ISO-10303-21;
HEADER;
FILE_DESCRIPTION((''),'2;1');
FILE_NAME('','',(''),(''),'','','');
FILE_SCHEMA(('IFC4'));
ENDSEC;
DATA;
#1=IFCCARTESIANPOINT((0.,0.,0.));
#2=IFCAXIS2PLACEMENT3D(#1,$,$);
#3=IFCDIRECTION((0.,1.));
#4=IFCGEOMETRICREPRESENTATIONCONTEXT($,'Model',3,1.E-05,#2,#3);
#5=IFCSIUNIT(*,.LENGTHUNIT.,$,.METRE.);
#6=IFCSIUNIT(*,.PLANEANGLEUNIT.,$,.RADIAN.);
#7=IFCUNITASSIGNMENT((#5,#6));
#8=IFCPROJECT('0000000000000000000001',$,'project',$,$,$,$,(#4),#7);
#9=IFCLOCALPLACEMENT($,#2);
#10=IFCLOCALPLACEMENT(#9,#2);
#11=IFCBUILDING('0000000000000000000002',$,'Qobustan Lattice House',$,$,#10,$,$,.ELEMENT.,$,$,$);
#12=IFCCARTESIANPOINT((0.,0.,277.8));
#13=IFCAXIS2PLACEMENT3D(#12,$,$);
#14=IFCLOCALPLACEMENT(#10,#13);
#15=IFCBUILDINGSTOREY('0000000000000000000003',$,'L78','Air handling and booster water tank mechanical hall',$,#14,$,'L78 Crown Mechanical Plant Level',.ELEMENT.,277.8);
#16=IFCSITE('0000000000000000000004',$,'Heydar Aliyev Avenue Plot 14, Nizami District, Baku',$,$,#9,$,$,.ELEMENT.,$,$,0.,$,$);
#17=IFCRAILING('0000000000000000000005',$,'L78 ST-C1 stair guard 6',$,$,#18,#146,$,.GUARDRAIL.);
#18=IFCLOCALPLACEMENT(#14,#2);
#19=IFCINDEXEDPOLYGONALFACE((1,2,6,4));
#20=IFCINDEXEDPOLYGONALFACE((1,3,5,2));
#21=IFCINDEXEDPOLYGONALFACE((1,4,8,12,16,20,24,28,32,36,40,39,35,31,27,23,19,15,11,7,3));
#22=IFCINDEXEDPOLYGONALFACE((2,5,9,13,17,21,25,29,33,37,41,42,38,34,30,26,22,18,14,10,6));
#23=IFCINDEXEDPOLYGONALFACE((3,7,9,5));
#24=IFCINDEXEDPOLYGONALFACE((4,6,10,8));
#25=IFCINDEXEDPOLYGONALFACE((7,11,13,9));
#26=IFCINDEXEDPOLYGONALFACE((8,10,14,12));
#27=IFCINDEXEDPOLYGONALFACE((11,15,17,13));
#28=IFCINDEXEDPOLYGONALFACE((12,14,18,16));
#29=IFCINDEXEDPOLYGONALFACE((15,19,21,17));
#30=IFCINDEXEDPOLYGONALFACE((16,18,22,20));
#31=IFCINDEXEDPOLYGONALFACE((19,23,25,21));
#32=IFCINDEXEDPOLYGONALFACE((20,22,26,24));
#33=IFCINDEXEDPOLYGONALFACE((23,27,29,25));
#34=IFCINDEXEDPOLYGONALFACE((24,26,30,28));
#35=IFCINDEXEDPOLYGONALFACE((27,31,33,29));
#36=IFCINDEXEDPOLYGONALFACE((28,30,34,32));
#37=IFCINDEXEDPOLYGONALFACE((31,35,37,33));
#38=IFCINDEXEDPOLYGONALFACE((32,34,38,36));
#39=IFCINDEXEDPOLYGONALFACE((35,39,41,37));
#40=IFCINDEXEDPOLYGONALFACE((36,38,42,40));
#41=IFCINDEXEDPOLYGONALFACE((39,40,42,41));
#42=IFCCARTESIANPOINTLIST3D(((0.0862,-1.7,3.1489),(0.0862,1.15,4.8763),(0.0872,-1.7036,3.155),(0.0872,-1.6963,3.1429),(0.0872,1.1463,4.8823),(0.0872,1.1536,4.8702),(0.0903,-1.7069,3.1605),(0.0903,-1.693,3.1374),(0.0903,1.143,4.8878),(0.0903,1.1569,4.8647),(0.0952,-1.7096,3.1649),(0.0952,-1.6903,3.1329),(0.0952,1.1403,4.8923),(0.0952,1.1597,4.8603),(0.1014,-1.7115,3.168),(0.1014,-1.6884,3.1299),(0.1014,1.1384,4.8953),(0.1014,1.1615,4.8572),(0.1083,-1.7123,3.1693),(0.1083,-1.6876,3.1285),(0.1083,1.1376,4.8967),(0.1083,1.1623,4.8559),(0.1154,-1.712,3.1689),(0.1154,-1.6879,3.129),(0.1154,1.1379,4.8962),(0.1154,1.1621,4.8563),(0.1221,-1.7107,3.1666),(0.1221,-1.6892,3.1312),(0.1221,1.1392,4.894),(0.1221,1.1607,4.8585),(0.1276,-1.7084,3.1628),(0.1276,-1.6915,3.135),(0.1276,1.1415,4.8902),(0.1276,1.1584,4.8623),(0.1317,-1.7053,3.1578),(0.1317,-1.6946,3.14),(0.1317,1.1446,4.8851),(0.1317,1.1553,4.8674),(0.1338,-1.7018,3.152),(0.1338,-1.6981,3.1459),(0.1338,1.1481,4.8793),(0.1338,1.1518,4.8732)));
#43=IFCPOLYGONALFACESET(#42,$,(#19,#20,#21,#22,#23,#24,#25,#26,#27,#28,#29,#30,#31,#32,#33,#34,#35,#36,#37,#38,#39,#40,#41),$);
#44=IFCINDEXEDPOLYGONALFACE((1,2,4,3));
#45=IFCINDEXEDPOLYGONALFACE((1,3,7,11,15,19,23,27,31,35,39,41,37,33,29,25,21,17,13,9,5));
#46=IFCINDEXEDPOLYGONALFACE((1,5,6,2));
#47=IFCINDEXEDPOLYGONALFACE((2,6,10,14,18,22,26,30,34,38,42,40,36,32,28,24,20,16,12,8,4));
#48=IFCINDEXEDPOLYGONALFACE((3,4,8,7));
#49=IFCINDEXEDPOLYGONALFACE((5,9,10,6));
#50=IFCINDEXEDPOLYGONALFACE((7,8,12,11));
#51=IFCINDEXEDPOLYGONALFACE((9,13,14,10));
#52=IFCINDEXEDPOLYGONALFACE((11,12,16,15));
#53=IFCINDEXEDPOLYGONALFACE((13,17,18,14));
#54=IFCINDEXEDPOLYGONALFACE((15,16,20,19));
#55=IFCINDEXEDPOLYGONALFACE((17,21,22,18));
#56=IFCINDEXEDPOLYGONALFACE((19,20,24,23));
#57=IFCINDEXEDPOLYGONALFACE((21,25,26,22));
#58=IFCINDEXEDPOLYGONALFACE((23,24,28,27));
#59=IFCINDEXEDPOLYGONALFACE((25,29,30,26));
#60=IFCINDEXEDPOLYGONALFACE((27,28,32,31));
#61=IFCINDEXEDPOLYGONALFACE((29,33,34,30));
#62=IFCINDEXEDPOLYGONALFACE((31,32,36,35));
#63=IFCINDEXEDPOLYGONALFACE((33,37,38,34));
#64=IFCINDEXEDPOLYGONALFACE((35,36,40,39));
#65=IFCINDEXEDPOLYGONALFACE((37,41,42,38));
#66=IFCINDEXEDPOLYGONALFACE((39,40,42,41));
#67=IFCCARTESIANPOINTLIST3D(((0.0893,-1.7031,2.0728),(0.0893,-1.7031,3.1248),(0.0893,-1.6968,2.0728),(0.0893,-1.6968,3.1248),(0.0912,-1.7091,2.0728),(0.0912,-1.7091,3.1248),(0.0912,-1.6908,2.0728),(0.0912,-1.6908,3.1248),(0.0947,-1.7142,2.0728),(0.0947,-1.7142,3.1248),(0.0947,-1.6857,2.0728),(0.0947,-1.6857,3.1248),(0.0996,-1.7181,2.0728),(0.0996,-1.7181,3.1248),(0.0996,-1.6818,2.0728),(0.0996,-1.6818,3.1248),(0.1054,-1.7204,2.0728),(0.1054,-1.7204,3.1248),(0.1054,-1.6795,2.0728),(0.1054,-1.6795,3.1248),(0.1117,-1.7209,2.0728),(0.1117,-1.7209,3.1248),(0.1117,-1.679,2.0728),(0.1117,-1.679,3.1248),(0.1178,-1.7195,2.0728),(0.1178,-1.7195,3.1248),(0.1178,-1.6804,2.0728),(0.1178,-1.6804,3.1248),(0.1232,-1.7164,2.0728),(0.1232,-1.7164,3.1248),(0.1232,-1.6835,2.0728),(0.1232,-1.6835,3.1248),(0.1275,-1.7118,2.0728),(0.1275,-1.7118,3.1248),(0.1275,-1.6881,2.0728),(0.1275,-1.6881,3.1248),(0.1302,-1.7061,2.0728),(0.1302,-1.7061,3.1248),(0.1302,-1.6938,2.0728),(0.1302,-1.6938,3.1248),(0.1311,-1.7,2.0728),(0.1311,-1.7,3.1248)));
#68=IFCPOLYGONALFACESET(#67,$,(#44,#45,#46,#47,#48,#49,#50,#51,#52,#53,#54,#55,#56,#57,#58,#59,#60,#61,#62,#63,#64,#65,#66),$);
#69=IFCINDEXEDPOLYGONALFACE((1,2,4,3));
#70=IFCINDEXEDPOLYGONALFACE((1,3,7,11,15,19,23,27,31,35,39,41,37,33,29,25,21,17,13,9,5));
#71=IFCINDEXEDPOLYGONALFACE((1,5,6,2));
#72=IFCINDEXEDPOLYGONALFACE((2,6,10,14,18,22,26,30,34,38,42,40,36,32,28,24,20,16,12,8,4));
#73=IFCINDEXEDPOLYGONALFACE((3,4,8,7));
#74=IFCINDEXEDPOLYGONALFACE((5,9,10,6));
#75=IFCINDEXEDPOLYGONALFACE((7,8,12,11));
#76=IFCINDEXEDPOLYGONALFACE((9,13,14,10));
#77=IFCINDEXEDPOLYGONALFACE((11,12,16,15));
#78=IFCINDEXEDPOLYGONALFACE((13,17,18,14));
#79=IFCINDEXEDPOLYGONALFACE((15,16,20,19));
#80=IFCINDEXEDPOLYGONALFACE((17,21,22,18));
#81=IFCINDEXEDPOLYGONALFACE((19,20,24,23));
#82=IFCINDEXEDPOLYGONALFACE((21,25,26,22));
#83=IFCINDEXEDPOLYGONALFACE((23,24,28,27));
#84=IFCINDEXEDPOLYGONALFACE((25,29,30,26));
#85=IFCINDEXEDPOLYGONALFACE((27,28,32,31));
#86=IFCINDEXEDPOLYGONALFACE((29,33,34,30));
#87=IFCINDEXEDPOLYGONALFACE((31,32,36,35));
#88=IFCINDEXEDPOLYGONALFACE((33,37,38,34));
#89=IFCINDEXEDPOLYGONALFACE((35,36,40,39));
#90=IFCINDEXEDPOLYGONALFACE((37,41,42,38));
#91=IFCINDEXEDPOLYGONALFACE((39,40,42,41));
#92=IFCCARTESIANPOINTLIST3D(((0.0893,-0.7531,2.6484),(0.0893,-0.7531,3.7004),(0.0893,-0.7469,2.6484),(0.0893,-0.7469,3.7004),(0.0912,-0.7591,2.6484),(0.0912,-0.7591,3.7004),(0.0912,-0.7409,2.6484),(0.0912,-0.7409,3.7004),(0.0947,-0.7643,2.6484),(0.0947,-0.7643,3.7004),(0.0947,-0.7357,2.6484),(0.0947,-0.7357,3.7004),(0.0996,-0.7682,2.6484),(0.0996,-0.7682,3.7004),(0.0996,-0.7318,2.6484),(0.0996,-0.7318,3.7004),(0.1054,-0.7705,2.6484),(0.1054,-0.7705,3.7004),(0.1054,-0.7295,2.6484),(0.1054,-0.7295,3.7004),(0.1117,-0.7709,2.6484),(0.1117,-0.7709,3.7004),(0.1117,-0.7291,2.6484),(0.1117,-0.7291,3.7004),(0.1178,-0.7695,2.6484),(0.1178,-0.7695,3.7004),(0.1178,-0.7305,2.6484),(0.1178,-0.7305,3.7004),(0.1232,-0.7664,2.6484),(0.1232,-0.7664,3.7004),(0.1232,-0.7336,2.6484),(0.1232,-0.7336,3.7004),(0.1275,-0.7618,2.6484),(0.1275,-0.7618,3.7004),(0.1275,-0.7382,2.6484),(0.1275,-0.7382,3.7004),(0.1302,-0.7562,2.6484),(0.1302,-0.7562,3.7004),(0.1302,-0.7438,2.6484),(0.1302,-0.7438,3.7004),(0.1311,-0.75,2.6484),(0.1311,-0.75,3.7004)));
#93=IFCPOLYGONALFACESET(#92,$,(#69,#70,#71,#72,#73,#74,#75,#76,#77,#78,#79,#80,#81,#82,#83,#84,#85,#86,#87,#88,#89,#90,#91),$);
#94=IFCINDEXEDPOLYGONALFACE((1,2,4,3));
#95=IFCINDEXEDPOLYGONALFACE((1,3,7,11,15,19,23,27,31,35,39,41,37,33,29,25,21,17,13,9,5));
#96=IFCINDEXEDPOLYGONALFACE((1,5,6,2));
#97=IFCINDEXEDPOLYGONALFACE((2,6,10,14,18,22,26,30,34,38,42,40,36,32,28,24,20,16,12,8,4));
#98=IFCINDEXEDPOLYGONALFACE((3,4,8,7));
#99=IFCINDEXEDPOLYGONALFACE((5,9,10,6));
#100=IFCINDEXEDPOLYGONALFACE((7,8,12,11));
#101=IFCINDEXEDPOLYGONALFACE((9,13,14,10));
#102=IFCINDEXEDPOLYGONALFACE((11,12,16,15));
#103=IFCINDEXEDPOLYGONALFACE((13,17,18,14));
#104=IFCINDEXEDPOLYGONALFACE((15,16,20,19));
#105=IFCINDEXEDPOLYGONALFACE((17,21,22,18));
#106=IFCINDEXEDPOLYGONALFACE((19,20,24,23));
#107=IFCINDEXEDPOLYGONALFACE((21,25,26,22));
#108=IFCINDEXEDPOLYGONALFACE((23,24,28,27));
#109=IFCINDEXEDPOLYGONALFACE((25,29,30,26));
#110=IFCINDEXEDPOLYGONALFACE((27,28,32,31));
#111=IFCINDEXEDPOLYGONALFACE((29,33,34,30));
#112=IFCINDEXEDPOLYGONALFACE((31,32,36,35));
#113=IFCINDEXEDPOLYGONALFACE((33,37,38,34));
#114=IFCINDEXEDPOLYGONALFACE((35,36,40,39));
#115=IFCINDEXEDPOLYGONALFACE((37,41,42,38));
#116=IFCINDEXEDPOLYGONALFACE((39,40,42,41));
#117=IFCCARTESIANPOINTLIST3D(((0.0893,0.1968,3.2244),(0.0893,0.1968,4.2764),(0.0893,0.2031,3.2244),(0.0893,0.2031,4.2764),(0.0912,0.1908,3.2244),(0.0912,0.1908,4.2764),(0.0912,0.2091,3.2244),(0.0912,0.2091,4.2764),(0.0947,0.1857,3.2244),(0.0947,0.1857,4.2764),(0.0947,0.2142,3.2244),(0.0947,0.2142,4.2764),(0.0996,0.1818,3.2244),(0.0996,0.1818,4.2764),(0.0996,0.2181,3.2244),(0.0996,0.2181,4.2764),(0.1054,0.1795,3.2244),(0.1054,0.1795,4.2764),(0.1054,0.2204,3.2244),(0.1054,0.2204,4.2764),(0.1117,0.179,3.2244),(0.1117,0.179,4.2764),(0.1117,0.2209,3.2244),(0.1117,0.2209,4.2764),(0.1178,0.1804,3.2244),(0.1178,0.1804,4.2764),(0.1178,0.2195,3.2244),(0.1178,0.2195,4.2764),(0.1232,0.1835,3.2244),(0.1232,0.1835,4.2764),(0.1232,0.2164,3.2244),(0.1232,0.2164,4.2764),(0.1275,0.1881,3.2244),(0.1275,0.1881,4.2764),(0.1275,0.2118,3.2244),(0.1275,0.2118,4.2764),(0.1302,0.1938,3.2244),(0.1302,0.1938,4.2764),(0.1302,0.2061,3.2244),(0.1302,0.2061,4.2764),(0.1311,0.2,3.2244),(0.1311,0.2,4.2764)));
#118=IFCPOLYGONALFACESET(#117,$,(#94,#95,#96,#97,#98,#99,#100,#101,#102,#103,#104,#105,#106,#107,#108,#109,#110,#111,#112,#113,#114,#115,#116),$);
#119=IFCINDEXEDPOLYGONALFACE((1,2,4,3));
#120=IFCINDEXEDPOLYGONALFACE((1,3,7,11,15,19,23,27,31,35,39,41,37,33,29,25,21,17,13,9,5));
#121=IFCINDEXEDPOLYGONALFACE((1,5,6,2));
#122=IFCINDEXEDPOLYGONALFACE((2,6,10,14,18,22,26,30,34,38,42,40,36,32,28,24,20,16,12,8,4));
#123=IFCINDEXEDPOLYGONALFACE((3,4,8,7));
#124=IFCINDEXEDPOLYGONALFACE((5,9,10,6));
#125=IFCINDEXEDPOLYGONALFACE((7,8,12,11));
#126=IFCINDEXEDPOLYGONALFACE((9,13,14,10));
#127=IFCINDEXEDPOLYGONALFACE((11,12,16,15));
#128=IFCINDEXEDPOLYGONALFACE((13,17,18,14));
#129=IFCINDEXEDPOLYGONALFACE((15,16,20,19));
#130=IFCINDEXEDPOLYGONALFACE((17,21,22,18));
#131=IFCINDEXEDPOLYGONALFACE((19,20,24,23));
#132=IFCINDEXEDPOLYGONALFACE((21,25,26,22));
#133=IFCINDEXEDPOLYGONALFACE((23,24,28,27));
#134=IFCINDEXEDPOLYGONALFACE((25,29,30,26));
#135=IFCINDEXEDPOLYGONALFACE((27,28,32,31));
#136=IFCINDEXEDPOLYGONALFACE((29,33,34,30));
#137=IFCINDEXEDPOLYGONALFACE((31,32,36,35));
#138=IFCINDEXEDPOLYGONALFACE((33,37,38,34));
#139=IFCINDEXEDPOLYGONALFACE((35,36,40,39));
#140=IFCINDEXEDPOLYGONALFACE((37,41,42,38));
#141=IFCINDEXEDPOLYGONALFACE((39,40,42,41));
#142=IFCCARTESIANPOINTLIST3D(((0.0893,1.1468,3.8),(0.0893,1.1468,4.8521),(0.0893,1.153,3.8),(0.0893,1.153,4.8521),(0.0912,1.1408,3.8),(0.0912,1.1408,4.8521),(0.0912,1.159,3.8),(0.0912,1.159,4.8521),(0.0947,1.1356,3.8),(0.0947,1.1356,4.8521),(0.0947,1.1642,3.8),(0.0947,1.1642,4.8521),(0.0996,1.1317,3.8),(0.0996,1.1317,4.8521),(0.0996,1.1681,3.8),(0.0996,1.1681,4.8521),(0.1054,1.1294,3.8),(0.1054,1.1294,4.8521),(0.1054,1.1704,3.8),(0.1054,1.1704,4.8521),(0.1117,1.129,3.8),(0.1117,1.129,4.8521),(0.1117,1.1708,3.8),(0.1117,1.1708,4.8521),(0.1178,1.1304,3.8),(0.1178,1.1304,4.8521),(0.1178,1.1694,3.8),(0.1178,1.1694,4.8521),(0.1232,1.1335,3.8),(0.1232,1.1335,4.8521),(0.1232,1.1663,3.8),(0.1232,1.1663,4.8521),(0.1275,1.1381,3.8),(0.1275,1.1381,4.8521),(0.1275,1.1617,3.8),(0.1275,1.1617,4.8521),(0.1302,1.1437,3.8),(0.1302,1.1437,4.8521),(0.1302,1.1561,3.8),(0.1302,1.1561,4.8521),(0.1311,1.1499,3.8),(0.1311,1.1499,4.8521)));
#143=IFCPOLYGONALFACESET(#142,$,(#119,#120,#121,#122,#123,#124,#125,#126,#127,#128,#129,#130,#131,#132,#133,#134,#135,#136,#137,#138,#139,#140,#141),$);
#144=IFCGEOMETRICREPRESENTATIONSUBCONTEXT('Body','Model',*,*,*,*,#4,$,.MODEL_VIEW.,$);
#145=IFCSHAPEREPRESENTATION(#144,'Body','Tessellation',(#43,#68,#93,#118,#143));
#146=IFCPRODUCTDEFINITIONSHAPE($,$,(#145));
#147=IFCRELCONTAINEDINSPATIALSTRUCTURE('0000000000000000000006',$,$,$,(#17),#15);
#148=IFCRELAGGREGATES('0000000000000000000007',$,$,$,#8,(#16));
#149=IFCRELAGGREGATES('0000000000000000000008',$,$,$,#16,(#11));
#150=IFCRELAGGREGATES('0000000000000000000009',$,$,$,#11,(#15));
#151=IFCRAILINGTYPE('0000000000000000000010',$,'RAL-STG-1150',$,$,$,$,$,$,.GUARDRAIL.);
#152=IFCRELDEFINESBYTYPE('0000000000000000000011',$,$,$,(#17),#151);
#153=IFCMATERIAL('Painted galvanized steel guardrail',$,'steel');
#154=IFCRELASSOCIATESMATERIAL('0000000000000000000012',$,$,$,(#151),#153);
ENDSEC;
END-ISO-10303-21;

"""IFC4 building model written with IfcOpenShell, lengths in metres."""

from ifc_helpers import new_model, si_unit, direction, frame, origin, origin_2d, place, context, subcontext, project, spatial, circle, extrude, material, type_object, element, save


model = new_model("IFC4")

# Units and contexts
model_context = context("Model", 3, precision=1e-05, world=origin(), true_north=direction((0.0, 1.0)))
body_context = subcontext(model_context, "Body", "Model", "MODEL_VIEW")
ifc_project = project(units=[si_unit("LENGTHUNIT", "METRE"), si_unit("PLANEANGLEUNIT", "RADIAN")], contexts=[model_context])

# Site, building, storey
site_placement = place(None, origin())
site = spatial("IfcSite", under=ifc_project, at=site_placement, Name="Heydar Aliyev Avenue Plot 14, Nizami District, Baku", CompositionType="ELEMENT", RefElevation=0.0)
building_placement = place(site_placement, origin())
building = spatial("IfcBuilding", under=site, at=building_placement, Name="Qobustan Lattice House", CompositionType="ELEMENT")
storey_placement = place(building_placement, frame((0.0, 0.0, 277.8)))
storey = spatial("IfcBuildingStorey", under=building, at=storey_placement, Name="L78", Description="Air handling and booster water tank mechanical hall", LongName="L78 Crown Mechanical Plant Level", CompositionType="ELEMENT", Elevation=277.8)

# Railing
ifc_material_1 = material(Name="Painted galvanized steel guardrail", Category="steel")
railing_type_1 = type_object("IfcRailingType", Name="RAL-STG-1150", PredefinedType="GUARDRAIL", material=ifc_material_1)
railing_1_placement = place(storey_placement, frame((0.1101, -1.7, 2.0728)))
element("IfcRailing", 1, at=railing_1_placement, inside=storey, type_object=railing_type_1, Name="L78 ST-C1 stair guard 6", PredefinedType="GUARDRAIL", context=body_context, shape_type="SweptSolid", body=[
    extrude(circle(Radius=0.0239, at=origin_2d()), frame((0.0, 0.0, 1.0762), z_axis=(0.0, 0.855183, 0.518326), x_axis=(-1.0, 0.0, 0.0)), (0.0, 0.0, 1.0), 3.3325),
    extrude(circle(Radius=0.021, at=origin_2d()), origin(), (0.0, 0.0, 1.0), 1.052),
    extrude(circle(Radius=0.021, at=origin_2d()), frame((0.0, 0.95, 0.5757)), (0.0, 0.0, 1.0), 1.052),
    extrude(circle(Radius=0.021, at=origin_2d()), frame((0.0, 1.8999, 1.1516)), (0.0, 0.0, 1.0), 1.052),
    extrude(circle(Radius=0.021, at=origin_2d()), frame((0.0, 2.8499, 1.7273)), (0.0, 0.0, 1.0), 1.052),
])

save(model, "model.ifc")
